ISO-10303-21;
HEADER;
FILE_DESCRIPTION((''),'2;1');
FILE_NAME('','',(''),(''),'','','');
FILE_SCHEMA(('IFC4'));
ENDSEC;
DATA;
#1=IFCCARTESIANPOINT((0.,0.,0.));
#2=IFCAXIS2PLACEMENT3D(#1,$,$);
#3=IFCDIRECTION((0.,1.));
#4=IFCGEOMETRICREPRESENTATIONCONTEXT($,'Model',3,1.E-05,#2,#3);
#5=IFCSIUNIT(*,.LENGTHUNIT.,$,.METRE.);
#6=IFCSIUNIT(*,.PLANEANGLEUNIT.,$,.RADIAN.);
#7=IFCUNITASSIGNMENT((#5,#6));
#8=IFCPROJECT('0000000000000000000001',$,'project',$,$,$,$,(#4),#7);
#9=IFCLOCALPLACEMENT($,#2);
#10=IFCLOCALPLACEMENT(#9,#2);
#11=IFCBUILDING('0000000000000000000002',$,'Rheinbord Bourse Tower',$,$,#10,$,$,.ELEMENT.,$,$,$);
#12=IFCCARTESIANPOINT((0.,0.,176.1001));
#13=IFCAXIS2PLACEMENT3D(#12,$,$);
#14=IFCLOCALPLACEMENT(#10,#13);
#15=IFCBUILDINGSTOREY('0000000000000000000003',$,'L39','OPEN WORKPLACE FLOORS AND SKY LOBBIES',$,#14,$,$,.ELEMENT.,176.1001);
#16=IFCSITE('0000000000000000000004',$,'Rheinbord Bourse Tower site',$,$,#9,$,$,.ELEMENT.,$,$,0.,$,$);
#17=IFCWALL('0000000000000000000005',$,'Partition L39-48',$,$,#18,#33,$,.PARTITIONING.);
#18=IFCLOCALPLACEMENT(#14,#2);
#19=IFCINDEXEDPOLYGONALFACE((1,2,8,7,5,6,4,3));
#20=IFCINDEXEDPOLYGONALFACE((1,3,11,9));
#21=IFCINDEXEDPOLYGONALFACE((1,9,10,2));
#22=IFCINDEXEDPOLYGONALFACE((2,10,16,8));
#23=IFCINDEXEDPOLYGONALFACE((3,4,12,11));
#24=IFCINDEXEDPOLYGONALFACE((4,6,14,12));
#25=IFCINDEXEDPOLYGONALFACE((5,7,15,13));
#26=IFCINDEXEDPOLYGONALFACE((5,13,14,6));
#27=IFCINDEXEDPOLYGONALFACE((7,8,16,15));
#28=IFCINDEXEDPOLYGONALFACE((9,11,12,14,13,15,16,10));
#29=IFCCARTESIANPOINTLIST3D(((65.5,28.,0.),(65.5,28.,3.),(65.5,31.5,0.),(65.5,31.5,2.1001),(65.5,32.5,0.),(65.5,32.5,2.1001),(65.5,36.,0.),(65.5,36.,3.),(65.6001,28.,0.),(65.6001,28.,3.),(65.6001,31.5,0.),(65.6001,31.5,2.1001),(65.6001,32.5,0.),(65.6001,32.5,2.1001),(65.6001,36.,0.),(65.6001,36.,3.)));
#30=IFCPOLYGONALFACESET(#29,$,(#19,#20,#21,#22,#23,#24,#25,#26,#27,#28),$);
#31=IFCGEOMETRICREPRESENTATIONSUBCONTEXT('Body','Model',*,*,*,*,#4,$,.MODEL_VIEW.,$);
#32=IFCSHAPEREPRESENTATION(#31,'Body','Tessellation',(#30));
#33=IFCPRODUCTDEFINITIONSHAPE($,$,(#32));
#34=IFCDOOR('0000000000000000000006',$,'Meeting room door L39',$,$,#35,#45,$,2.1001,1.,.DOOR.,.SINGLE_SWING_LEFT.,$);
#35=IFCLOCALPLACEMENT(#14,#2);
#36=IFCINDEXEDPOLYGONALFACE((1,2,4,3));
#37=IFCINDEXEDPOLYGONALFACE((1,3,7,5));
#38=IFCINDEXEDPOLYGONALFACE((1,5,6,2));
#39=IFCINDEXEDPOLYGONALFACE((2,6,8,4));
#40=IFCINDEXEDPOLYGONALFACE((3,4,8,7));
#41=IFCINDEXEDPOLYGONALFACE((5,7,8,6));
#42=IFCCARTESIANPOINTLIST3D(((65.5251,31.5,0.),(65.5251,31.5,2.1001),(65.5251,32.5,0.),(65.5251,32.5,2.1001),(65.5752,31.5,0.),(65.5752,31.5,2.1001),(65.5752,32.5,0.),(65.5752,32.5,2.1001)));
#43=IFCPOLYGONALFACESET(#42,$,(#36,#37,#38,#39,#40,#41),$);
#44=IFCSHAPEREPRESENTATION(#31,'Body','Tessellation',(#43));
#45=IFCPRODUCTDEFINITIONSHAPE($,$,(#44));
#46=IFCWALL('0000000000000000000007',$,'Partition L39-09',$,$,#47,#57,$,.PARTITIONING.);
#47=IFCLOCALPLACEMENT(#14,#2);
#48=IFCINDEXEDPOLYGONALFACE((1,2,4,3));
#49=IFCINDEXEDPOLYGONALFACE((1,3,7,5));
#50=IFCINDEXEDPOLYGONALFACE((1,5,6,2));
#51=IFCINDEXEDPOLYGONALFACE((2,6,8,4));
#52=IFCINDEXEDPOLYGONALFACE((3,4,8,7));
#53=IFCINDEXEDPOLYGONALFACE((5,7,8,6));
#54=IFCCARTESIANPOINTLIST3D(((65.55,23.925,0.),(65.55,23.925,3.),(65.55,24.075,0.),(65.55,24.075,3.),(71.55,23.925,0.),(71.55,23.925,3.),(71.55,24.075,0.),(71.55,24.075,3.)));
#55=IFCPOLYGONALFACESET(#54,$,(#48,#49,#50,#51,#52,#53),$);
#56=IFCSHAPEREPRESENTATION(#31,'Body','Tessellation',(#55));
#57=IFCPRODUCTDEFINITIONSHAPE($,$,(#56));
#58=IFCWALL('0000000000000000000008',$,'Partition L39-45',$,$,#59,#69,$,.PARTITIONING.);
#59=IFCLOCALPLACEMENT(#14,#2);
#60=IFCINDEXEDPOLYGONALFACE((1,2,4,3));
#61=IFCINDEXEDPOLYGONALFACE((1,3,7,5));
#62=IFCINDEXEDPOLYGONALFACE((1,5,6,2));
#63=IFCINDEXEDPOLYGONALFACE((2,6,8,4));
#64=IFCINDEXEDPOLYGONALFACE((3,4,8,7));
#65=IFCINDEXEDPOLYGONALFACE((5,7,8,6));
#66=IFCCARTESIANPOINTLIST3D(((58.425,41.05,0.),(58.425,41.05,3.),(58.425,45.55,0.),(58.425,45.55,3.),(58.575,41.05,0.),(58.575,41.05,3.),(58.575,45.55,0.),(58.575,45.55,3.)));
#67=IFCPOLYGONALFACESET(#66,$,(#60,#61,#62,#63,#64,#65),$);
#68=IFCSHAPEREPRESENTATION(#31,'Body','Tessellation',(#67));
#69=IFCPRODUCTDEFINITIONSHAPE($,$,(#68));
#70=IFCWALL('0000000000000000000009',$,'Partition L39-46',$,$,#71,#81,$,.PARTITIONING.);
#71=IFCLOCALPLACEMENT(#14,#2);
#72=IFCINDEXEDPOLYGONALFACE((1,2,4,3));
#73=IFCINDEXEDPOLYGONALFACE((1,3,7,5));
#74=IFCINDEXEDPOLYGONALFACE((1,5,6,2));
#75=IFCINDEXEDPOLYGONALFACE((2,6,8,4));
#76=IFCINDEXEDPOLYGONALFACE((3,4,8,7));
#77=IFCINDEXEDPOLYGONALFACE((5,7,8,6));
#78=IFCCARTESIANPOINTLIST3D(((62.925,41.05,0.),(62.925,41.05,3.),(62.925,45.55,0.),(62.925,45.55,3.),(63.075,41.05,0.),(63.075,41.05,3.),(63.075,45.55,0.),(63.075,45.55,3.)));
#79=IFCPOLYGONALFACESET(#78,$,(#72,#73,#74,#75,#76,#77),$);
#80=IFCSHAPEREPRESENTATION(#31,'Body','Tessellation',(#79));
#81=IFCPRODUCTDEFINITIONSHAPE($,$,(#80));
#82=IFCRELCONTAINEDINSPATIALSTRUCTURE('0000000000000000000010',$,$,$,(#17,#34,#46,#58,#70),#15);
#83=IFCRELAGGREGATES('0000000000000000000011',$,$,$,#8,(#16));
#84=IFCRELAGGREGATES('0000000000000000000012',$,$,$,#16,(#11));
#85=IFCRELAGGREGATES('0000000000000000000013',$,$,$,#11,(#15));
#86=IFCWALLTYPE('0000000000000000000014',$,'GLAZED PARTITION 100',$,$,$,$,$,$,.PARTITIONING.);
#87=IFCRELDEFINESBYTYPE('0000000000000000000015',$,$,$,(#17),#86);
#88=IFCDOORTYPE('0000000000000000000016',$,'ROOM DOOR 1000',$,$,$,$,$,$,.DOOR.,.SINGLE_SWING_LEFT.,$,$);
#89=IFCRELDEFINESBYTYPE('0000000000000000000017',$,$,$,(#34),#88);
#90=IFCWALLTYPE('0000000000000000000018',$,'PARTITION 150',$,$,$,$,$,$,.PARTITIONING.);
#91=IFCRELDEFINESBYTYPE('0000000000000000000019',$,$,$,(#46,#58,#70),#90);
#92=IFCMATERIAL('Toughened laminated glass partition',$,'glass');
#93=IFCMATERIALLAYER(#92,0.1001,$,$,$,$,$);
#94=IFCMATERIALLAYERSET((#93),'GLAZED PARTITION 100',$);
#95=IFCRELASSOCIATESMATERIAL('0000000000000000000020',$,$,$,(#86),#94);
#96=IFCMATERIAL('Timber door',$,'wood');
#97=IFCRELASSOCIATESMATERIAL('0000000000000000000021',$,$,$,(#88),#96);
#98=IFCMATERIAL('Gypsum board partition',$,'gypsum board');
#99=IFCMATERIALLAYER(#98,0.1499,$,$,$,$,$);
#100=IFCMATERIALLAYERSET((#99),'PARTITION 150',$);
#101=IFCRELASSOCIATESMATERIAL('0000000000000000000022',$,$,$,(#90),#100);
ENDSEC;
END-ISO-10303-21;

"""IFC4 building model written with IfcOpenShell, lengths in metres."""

from ifc_helpers import new_model, si_unit, direction, frame, frame_2d, origin, place, context, subcontext, project, spatial, rectangle, extrude, material, layer, layer_set, type_object, element, fill, save


model = new_model("IFC4")

# Units and contexts
model_context = context("Model", 3, precision=1e-05, world=origin(), true_north=direction((0.0, 1.0)))
body_context = subcontext(model_context, "Body", "Model", "MODEL_VIEW")
ifc_project = project(units=[si_unit("LENGTHUNIT", "METRE"), si_unit("PLANEANGLEUNIT", "RADIAN")], contexts=[model_context])

# Site, building, storey
site_placement = place(None, origin())
site = spatial("IfcSite", under=ifc_project, at=site_placement, Name="Rheinbord Bourse Tower site", CompositionType="ELEMENT", RefElevation=0.0)
building_placement = place(site_placement, origin())
building = spatial("IfcBuilding", under=site, at=building_placement, Name="Rheinbord Bourse Tower", CompositionType="ELEMENT")
storey_placement = place(building_placement, frame((0.0, 0.0, 176.1001)))
storey = spatial("IfcBuildingStorey", under=building, at=storey_placement, Name="L39", Description="OPEN WORKPLACE FLOORS AND SKY LOBBIES", CompositionType="ELEMENT", Elevation=176.1001)

# Shared definitions
ifc_material_1 = material(Name="Toughened laminated glass partition", Category="glass")
ifc_layer_1 = layer(ifc_material_1, 0.1001)
ifc_layer_set_1 = layer_set([ifc_layer_1], Name="GLAZED PARTITION 100")
wall_type_1 = type_object("IfcWallType", Name="GLAZED PARTITION 100", PredefinedType="PARTITIONING", material=ifc_layer_set_1)

# Wall, opening, door
wall_1_placement = place(storey_placement, frame((65.55, 28.0, 0.0), z_axis=(0.0, 0.0, 1.0), x_axis=(0.0, 1.0, 0.0)))
wall_1 = element("IfcWall", 1, at=wall_1_placement, inside=storey, type_object=wall_type_1, Name="Partition L39-48", PredefinedType="PARTITIONING", context=body_context, shape_type="SweptSolid", body=[
    extrude(rectangle(XDim=8.0, YDim=0.1001, at=frame_2d((4.0, 0.0))), origin(), (0.0, 0.0, 1.0), 3.0),
])
opening_placement = place(wall_1_placement, frame((3.5, 0.0, 0.0)))
opening = element("IfcOpeningElement", 2, at=opening_placement, cuts=wall_1, PredefinedType="OPENING", context=body_context, shape_type="SweptSolid", body=[
    extrude(rectangle(XDim=1.0, YDim=2.1001, at=frame_2d((0.5, 1.05))), frame((0.0, 0.0601, 0.0), z_axis=(0.0, -1.0, 0.0), x_axis=(1.0, 0.0, 0.0)), (0.0, 0.0, 1.0), 0.1201),
])
ifc_material_2 = material(Name="Timber door", Category="wood")
door_type = type_object("IfcDoorType", Name="ROOM DOOR 1000", OperationType="SINGLE_SWING_LEFT", PredefinedType="DOOR", material=ifc_material_2)
door_placement = place(opening_placement, origin())
door = element("IfcDoor", 3, at=door_placement, inside=storey, type_object=door_type, Name="Meeting room door L39", OperationType="SINGLE_SWING_LEFT", OverallHeight=2.1001, OverallWidth=1.0, PredefinedType="DOOR", context=body_context, shape_type="SweptSolid", body=[
    extrude(rectangle(XDim=1.0, YDim=2.1001, at=frame_2d((0.5, 1.05))), frame((0.0, 0.0249, 0.0), z_axis=(0.0, -1.0, 0.0), x_axis=(1.0, 0.0, 0.0)), (0.0, 0.0, 1.0), 0.05),
])
fill(opening, door)

# Walls
ifc_material_3 = material(Name="Gypsum board partition", Category="gypsum board")
ifc_layer_2 = layer(ifc_material_3, 0.1499)
ifc_layer_set_2 = layer_set([ifc_layer_2], Name="PARTITION 150")
wall_type_2 = type_object("IfcWallType", Name="PARTITION 150", PredefinedType="PARTITIONING", material=ifc_layer_set_2)
wall_2_placement = place(storey_placement, frame((65.55, 24.0, 0.0), z_axis=(0.0, 0.0, 1.0), x_axis=(1.0, 0.0, 0.0)))
element("IfcWall", 4, at=wall_2_placement, inside=storey, type_object=wall_type_2, Name="Partition L39-09", PredefinedType="PARTITIONING", context=body_context, shape_type="SweptSolid", body=[
    extrude(rectangle(XDim=6.0, YDim=0.1499, at=frame_2d((3.0, 0.0))), origin(), (0.0, 0.0, 1.0), 3.0),
])
for number, where, z_axis, x_axis, name in (
    (5, (58.5, 41.05, 0.0), (0.0, 0.0, 1.0), (0.0, 1.0, 0.0), "Partition L39-45"),
    (6, (63.0, 41.05, 0.0), (0.0, 0.0, 1.0), (0.0, 1.0, 0.0), "Partition L39-46"),
):
    element("IfcWall", number, at=place(storey_placement, frame(where, z_axis=z_axis, x_axis=x_axis)), inside=storey, type_object=wall_type_2, Name=name, PredefinedType="PARTITIONING", context=body_context, shape_type="SweptSolid", body=[
        extrude(rectangle(XDim=4.5, YDim=0.1499, at=frame_2d((2.25, 0.0))), origin(), (0.0, 0.0, 1.0), 3.0),
    ])

save(model, "model.ifc")
